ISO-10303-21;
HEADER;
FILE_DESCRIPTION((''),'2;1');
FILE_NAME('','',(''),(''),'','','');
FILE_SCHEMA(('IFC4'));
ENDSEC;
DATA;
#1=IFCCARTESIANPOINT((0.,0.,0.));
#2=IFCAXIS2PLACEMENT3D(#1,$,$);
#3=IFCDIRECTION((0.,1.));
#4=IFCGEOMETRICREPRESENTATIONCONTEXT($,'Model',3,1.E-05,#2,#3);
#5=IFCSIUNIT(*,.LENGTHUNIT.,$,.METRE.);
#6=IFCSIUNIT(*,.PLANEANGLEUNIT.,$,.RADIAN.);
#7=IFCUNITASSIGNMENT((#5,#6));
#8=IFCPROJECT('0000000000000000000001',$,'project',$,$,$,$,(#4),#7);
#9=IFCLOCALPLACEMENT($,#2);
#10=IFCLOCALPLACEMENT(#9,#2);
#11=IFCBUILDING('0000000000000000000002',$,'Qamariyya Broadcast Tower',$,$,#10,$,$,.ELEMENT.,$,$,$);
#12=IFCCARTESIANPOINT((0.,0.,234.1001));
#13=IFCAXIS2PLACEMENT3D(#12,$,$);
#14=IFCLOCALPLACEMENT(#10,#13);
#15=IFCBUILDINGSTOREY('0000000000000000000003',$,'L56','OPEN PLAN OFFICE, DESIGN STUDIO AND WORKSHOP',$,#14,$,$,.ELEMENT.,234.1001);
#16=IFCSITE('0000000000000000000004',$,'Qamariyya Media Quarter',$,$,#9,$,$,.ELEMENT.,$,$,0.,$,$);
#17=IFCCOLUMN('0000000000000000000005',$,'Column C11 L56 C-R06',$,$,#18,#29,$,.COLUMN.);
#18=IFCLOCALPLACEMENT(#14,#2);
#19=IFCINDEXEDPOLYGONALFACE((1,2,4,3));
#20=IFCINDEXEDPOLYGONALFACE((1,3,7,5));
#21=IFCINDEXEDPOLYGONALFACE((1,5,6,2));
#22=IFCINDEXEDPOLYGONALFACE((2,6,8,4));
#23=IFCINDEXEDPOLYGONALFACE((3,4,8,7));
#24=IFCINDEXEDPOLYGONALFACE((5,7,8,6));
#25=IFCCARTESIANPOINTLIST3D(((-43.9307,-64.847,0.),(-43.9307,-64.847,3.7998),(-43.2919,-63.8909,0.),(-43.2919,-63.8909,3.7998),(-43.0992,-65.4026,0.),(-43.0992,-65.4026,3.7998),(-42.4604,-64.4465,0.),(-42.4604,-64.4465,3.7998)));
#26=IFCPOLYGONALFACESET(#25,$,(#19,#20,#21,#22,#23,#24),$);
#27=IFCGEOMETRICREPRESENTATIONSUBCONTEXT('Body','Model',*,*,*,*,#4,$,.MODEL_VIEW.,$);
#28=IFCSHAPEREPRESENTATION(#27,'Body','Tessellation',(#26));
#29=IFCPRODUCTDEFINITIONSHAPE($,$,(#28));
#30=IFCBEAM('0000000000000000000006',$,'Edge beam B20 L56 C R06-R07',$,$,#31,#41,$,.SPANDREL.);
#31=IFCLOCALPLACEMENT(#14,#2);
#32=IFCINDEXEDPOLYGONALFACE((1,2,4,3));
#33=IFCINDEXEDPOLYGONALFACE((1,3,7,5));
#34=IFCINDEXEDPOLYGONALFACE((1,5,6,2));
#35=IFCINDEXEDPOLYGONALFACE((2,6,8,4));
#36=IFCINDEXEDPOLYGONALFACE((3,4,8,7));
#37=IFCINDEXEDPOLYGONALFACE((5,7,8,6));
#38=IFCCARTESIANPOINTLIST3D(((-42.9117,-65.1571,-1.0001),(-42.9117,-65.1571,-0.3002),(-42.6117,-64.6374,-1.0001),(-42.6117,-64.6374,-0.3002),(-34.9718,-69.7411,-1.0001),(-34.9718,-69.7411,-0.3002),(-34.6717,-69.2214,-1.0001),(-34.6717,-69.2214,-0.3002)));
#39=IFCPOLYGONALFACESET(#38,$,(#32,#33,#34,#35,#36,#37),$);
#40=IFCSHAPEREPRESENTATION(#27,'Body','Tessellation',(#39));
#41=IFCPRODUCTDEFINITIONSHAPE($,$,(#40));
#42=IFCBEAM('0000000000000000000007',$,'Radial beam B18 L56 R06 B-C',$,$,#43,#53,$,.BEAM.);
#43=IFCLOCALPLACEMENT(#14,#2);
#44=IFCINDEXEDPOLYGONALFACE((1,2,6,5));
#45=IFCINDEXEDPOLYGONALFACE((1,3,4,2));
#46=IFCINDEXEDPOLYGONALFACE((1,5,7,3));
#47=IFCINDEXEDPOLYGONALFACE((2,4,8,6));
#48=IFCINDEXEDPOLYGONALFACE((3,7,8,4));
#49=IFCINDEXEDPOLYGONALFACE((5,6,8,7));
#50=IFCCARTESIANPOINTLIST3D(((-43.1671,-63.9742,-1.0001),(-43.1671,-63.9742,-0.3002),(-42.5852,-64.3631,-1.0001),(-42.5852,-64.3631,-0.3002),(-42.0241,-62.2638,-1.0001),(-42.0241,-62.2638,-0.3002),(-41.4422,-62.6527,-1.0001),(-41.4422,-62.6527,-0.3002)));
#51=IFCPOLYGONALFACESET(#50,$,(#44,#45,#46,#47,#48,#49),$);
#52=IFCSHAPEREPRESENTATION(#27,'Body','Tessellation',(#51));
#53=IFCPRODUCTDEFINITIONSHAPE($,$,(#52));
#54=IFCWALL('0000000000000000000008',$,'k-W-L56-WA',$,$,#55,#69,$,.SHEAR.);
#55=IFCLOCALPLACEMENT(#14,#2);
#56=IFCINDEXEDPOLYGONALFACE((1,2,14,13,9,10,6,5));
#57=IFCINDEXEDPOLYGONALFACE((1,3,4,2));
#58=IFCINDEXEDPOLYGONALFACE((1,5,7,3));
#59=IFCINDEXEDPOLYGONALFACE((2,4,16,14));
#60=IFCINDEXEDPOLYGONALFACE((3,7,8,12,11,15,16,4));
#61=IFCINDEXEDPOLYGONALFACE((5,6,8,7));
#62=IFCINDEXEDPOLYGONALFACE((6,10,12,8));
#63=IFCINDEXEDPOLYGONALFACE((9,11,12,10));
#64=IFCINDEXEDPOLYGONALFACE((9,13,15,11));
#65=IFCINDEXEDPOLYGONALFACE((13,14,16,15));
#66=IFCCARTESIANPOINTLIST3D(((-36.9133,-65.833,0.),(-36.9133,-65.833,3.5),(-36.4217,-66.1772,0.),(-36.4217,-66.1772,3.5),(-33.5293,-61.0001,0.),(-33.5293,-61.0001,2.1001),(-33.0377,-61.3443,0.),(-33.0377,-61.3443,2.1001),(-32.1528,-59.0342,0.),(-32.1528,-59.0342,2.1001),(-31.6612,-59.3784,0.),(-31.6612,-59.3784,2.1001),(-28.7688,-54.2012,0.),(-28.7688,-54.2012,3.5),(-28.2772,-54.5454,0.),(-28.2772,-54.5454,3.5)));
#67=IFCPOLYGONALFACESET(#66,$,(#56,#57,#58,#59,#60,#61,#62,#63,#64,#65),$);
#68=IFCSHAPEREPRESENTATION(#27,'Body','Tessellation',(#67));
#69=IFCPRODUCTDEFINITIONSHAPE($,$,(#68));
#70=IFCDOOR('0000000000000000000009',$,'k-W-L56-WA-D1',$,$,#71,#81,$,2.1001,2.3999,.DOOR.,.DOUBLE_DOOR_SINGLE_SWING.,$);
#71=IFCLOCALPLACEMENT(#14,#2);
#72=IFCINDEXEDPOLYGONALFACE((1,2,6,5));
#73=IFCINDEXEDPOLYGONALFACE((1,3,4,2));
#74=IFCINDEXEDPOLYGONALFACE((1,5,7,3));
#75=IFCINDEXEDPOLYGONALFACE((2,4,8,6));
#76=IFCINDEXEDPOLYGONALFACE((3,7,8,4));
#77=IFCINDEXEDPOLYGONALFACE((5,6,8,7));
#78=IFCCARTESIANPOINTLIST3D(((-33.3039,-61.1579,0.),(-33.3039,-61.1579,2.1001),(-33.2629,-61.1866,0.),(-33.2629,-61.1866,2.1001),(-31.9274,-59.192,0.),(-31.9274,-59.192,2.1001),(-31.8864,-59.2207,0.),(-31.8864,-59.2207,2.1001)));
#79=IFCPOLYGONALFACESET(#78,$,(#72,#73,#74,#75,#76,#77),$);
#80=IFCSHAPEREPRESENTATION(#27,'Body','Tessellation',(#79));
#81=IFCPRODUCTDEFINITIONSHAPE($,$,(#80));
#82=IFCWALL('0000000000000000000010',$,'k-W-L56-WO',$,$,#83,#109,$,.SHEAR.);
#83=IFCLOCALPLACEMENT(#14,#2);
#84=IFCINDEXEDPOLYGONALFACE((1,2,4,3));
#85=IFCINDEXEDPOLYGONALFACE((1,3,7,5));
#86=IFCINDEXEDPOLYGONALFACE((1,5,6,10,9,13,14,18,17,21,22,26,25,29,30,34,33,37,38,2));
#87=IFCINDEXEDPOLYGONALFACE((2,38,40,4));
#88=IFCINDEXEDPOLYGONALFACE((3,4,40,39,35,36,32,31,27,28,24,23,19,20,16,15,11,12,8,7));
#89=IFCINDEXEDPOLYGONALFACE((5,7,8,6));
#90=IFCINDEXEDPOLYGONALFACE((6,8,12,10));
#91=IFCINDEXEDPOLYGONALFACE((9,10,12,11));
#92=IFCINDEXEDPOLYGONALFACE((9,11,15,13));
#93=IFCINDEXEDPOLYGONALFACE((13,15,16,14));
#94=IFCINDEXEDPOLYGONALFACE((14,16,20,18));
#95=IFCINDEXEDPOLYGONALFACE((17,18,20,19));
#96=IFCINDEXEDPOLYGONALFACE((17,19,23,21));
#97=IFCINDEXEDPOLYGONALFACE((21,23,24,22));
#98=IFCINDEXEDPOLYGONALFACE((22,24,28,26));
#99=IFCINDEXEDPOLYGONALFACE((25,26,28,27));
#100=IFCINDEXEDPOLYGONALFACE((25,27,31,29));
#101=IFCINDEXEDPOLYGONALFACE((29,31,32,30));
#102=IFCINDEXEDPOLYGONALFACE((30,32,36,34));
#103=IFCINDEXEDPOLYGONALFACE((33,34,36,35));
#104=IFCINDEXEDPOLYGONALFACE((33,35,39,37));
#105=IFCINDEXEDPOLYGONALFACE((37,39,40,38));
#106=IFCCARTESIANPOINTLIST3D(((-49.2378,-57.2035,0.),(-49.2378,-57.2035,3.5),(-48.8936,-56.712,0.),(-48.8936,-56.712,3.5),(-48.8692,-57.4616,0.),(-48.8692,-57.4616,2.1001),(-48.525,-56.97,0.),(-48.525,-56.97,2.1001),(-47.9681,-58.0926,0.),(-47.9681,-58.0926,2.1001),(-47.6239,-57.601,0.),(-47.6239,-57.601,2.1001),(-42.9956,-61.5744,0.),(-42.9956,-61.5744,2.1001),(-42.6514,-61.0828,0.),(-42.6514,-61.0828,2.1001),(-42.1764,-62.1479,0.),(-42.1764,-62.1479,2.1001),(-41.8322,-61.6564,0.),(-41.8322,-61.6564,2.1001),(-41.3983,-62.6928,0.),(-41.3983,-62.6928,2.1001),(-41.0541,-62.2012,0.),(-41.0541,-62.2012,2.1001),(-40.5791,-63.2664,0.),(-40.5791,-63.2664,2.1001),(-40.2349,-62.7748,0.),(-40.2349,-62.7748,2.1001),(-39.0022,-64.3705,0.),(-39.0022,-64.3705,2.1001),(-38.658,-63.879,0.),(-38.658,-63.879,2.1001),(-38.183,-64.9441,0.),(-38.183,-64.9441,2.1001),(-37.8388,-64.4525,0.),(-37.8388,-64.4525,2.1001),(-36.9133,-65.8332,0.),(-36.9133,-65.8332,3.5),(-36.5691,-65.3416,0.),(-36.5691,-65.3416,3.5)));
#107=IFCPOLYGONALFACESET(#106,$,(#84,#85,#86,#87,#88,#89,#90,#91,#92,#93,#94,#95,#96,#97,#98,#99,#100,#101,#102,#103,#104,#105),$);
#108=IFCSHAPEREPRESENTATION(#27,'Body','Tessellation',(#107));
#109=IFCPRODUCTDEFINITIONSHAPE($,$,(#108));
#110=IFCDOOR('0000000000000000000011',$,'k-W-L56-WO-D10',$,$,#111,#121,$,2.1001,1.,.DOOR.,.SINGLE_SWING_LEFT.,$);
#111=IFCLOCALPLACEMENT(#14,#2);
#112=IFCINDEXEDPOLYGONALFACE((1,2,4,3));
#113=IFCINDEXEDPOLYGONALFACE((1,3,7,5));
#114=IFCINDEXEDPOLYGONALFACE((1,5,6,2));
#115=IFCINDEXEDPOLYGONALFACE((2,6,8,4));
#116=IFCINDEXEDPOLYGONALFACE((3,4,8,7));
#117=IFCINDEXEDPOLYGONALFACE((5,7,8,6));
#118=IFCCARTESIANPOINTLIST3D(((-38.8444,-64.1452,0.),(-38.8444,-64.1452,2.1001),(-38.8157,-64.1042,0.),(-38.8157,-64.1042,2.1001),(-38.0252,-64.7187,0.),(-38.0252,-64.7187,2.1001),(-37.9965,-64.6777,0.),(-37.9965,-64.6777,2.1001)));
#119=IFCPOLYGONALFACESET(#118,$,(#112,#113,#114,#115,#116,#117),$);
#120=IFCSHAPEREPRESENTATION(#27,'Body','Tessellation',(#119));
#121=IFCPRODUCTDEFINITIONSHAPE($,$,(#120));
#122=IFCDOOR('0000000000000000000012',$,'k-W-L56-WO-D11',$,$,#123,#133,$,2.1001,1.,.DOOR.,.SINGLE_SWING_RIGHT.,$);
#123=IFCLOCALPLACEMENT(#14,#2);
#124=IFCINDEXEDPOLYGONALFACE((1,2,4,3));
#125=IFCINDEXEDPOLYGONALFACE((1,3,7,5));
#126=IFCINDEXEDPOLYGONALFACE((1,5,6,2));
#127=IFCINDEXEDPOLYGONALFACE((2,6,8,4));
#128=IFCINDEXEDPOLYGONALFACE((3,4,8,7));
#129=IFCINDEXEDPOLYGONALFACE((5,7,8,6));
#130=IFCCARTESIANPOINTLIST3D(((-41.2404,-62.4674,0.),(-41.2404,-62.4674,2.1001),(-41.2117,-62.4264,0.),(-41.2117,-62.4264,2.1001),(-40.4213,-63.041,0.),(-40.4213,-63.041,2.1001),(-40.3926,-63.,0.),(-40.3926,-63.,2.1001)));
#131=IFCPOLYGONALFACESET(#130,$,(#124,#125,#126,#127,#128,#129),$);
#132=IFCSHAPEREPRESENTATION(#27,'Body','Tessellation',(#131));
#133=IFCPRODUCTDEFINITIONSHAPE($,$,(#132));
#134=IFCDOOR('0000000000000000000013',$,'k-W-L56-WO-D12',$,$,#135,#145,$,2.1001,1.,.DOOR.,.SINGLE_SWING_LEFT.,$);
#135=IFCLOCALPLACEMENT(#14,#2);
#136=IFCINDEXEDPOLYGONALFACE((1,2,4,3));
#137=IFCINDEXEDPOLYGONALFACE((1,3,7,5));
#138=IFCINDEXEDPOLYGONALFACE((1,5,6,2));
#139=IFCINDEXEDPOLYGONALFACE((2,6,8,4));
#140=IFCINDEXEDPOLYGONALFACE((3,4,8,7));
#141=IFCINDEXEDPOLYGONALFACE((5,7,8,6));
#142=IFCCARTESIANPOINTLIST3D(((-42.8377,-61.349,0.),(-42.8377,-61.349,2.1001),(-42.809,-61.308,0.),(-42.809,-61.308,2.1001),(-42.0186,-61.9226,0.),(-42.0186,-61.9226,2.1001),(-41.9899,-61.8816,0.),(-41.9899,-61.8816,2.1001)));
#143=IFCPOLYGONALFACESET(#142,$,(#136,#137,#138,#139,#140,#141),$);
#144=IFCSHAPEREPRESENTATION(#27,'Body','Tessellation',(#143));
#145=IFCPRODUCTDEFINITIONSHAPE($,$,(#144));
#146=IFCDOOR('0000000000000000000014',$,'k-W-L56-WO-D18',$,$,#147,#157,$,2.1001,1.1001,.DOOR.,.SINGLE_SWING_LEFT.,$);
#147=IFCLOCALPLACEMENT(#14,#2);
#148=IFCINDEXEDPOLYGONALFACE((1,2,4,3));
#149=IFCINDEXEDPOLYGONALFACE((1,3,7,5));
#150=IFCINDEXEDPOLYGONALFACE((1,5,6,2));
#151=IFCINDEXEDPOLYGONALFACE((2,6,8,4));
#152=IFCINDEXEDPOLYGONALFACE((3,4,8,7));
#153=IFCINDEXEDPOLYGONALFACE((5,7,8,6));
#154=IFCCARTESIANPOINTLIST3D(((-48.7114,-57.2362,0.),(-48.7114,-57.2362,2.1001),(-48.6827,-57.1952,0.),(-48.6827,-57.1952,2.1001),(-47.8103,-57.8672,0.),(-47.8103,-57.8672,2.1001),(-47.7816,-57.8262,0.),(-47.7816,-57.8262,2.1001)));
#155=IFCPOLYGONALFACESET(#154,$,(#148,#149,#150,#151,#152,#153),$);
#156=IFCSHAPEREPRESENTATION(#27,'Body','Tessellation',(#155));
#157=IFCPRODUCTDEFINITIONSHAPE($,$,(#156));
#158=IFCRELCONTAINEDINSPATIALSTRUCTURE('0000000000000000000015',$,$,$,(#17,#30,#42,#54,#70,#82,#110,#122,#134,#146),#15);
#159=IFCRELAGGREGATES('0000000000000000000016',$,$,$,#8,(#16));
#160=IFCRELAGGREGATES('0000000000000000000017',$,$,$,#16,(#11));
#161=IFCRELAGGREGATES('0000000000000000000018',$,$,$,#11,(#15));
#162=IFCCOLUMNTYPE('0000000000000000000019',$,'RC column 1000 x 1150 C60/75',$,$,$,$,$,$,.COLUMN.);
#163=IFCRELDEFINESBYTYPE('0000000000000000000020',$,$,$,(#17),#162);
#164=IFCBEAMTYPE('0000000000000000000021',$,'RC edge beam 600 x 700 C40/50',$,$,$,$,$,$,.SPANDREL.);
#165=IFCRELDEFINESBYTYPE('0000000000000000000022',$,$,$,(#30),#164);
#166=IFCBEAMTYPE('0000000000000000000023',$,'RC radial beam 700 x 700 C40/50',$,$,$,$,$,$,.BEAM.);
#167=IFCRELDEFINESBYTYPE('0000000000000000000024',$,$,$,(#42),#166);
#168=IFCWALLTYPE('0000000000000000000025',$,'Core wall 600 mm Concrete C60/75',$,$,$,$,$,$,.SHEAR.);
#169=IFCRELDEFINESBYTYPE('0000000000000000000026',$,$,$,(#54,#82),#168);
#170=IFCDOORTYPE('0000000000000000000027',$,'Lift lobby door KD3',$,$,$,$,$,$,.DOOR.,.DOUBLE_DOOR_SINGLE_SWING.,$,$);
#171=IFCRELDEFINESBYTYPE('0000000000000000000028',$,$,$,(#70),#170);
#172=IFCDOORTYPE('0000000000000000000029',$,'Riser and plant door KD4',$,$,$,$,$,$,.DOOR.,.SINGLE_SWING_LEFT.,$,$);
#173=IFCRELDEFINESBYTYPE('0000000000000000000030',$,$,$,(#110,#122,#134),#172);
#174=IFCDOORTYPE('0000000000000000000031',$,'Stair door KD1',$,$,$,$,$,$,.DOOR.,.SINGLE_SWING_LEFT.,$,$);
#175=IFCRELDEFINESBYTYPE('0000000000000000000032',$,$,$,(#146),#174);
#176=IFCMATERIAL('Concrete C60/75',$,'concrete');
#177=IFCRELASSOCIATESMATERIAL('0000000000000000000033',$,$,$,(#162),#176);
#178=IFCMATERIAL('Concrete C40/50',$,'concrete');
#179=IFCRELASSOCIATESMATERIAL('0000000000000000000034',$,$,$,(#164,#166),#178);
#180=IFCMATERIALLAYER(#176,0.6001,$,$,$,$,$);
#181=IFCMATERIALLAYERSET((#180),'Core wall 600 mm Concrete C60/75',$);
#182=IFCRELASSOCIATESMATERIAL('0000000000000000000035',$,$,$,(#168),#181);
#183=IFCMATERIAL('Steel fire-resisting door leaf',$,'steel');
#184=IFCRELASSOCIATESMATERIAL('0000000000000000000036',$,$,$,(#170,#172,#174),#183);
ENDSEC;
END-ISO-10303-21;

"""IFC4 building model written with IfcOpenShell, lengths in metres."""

from ifc_helpers import new_model, si_unit, direction, frame, frame_2d, origin, origin_2d, place, context, subcontext, project, spatial, rectangle, extrude, material, layer, layer_set, material_profile, profile_set, type_object, element, fill, save


model = new_model("IFC4")

# Units and contexts
model_context = context("Model", 3, precision=1e-05, world=origin(), true_north=direction((0.0, 1.0)))
body_context = subcontext(model_context, "Body", "Model", "MODEL_VIEW")
ifc_project = project(units=[si_unit("LENGTHUNIT", "METRE"), si_unit("PLANEANGLEUNIT", "RADIAN")], contexts=[model_context])

# Site, building, storey
site_placement = place(None, origin())
site = spatial("IfcSite", under=ifc_project, at=site_placement, Name="Qamariyya Media Quarter", CompositionType="ELEMENT", RefElevation=0.0)
building_placement = place(site_placement, origin())
building = spatial("IfcBuilding", under=site, at=building_placement, Name="Qamariyya Broadcast Tower", CompositionType="ELEMENT")
storey_placement = place(building_placement, frame((0.0, 0.0, 234.1001)))
storey = spatial("IfcBuildingStorey", under=building, at=storey_placement, Name="L56", Description="OPEN PLAN OFFICE, DESIGN STUDIO AND WORKSHOP", CompositionType="ELEMENT", Elevation=234.1001)

# Column
ifc_material_1 = material(Name="Concrete C60/75", Category="concrete")
ifc_material_profile_1 = material_profile(ifc_material_1, rectangle(XDim=1.0, YDim=1.1499, at=origin_2d()))
ifc_profile_set_1 = profile_set([ifc_material_profile_1], Name="Concrete C60/75")
column_type = type_object("IfcColumnType", Name="RC column 1000 x 1150 C60/75", PredefinedType="COLUMN", material=ifc_profile_set_1)
column_placement = place(storey_placement, frame((-43.1956, -64.6467, 0.0), z_axis=(0.0, 0.0, 1.0), x_axis=(0.83147, -0.55557, 0.0)))
element("IfcColumn", 1, at=column_placement, inside=storey, type_object=column_type, Name="Column C11 L56 C-R06", PredefinedType="COLUMN", context=body_context, shape_type="SweptSolid", body=[
    extrude(rectangle(XDim=1.0, YDim=1.1499, at=origin_2d()), origin(), (0.0, 0.0, 1.0), 3.7998),
])

# Beams
ifc_material_2 = material(Name="Concrete C40/50", Category="concrete")
ifc_material_profile_2 = material_profile(ifc_material_2, rectangle(XDim=0.6001, YDim=0.7, at=origin_2d()))
ifc_profile_set_2 = profile_set([ifc_material_profile_2], Name="Concrete C40/50")
beam_type_1 = type_object("IfcBeamType", Name="RC edge beam 600 x 700 C40/50", PredefinedType="SPANDREL", material=ifc_profile_set_2)
beam_1_placement = place(storey_placement, frame((-42.7617, -64.8972, -0.6501), z_axis=(0.866032, -0.499988, 0.0), x_axis=(0.499988, 0.866032, 0.0)))
element("IfcBeam", 2, at=beam_1_placement, inside=storey, type_object=beam_type_1, Name="Edge beam B20 L56 C R06-R07", PredefinedType="SPANDREL", context=body_context, shape_type="SweptSolid", body=[
    extrude(rectangle(XDim=0.6001, YDim=0.7, at=origin_2d()), origin(), (0.0, 0.0, 1.0), 9.1682),
])
ifc_material_profile_3 = material_profile(ifc_material_2, rectangle(XDim=0.7, YDim=0.7, at=origin_2d()))
ifc_profile_set_3 = profile_set([ifc_material_profile_3], Name="Concrete C40/50")
beam_type_2 = type_object("IfcBeamType", Name="RC radial beam 700 x 700 C40/50", PredefinedType="BEAM", material=ifc_profile_set_3)
beam_2_placement = place(storey_placement, frame((-41.7332, -62.4583, -0.6501), z_axis=(-0.555631, -0.831429, 0.0), x_axis=(0.831429, -0.555631, 0.0)))
element("IfcBeam", 3, at=beam_2_placement, inside=storey, type_object=beam_type_2, Name="Radial beam B18 L56 R06 B-C", PredefinedType="BEAM", context=body_context, shape_type="SweptSolid", body=[
    extrude(rectangle(XDim=0.7, YDim=0.7, at=origin_2d()), origin(), (0.0, 0.0, 1.0), 2.0571),
])

# Wall, opening, door
ifc_layer_1 = layer(ifc_material_1, 0.6001)
ifc_layer_set_1 = layer_set([ifc_layer_1], Name="Core wall 600 mm Concrete C60/75")
wall_type_1 = type_object("IfcWallType", Name="Core wall 600 mm Concrete C60/75", PredefinedType="SHEAR", material=ifc_layer_set_1)
wall_1_placement = place(storey_placement, frame((-36.6675, -66.0051, 0.0), z_axis=(0.0, 0.0, 1.0), x_axis=(0.573568, 0.819158, 0.0)))
wall_1 = element("IfcWall", 4, at=wall_1_placement, inside=storey, type_object=wall_type_1, Name="k-W-L56-WA", PredefinedType="SHEAR", context=body_context, shape_type="SweptSolid", body=[
    extrude(rectangle(XDim=14.1997, YDim=0.6001, at=frame_2d((7.0999, 0.0))), origin(), (0.0, 0.0, 1.0), 3.5),
])
opening_1_placement = place(wall_1_placement, frame((5.8999, 0.0, 0.0)))
opening_1 = element("IfcOpeningElement", 5, at=opening_1_placement, cuts=wall_1, PredefinedType="OPENING", context=body_context, shape_type="SweptSolid", body=[
    extrude(rectangle(XDim=2.3999, YDim=2.1001, at=frame_2d((1.2, 1.05))), frame((0.0, 0.3101, 0.0), z_axis=(0.0, -1.0, 0.0), x_axis=(1.0, 0.0, 0.0)), (0.0, 0.0, 1.0), 0.6201),
])
ifc_material_3 = material(Name="Steel fire-resisting door leaf", Category="steel")
door_type_1 = type_object("IfcDoorType", Name="Lift lobby door KD3", OperationType="DOUBLE_DOOR_SINGLE_SWING", PredefinedType="DOOR", material=ifc_material_3)
door_1_placement = place(opening_1_placement, origin())
door_1 = element("IfcDoor", 6, at=door_1_placement, inside=storey, type_object=door_type_1, Name="k-W-L56-WA-D1", OperationType="DOUBLE_DOOR_SINGLE_SWING", OverallHeight=2.1001, OverallWidth=2.3999, PredefinedType="DOOR", context=body_context, shape_type="SweptSolid", body=[
    extrude(rectangle(XDim=2.3999, YDim=2.1001, at=frame_2d((1.2, 1.05))), frame((0.0, 0.0249, 0.0), z_axis=(0.0, -1.0, 0.0), x_axis=(1.0, 0.0, 0.0)), (0.0, 0.0, 1.0), 0.05),
])
fill(opening_1, door_1)

# Wall, openings, doors
wall_2_placement = place(storey_placement, frame((-36.7412, -65.5874, 0.0), z_axis=(0.0, 0.0, 1.0), x_axis=(-0.819153, 0.573575, 0.0)))
wall_2 = element("IfcWall", 7, at=wall_2_placement, inside=storey, type_object=wall_type_1, Name="k-W-L56-WO", PredefinedType="SHEAR", context=body_context, shape_type="SweptSolid", body=[
    extrude(rectangle(XDim=15.0454, YDim=0.6001, at=frame_2d((7.5227, 0.0))), origin(), (0.0, 0.0, 1.0), 3.5),
])
opening_2_placement = place(wall_2_placement, frame((1.55, 0.0, 0.0)))
opening_2 = element("IfcOpeningElement", 8, at=opening_2_placement, cuts=wall_2, PredefinedType="OPENING", context=body_context, shape_type="SweptSolid", body=[
    extrude(rectangle(XDim=1.0, YDim=2.1001, at=frame_2d((0.5, 1.05))), frame((0.0, 0.3101, 0.0), z_axis=(0.0, -1.0, 0.0), x_axis=(1.0, 0.0, 0.0)), (0.0, 0.0, 1.0), 0.6201),
])
opening_3_placement = place(wall_2_placement, frame((4.4751, 0.0, 0.0)))
opening_3 = element("IfcOpeningElement", 9, at=opening_3_placement, cuts=wall_2, PredefinedType="OPENING", context=body_context, shape_type="SweptSolid", body=[
    extrude(rectangle(XDim=1.0, YDim=2.1001, at=frame_2d((0.5, 1.05))), frame((0.0, 0.3101, 0.0), z_axis=(0.0, -1.0, 0.0), x_axis=(1.0, 0.0, 0.0)), (0.0, 0.0, 1.0), 0.6201),
])
opening_4_placement = place(wall_2_placement, frame((6.425, 0.0, 0.0)))
opening_4 = element("IfcOpeningElement", 10, at=opening_4_placement, cuts=wall_2, PredefinedType="OPENING", context=body_context, shape_type="SweptSolid", body=[
    extrude(rectangle(XDim=1.0, YDim=2.1001, at=frame_2d((0.5, 1.05))), frame((0.0, 0.3101, 0.0), z_axis=(0.0, -1.0, 0.0), x_axis=(1.0, 0.0, 0.0)), (0.0, 0.0, 1.0), 0.6201),
])
opening_5_placement = place(wall_2_placement, frame((13.4954, 0.0, 0.0)))
opening_5 = element("IfcOpeningElement", 11, at=opening_5_placement, cuts=wall_2, PredefinedType="OPENING", context=body_context, shape_type="SweptSolid", body=[
    extrude(rectangle(XDim=1.1001, YDim=2.1001, at=frame_2d((0.55, 1.05))), frame((0.0, 0.3101, 0.0), z_axis=(0.0, -1.0, 0.0), x_axis=(1.0, 0.0, 0.0)), (0.0, 0.0, 1.0), 0.6201),
])
door_type_2 = type_object("IfcDoorType", Name="Riser and plant door KD4", OperationType="SINGLE_SWING_LEFT", PredefinedType="DOOR", material=ifc_material_3)
door_2_placement = place(opening_2_placement, origin())
door_2 = element("IfcDoor", 12, at=door_2_placement, inside=storey, type_object=door_type_2, Name="k-W-L56-WO-D10", OperationType="SINGLE_SWING_LEFT", OverallHeight=2.1001, OverallWidth=1.0, PredefinedType="DOOR", context=body_context, shape_type="SweptSolid", body=[
    extrude(rectangle(XDim=1.0, YDim=2.1001, at=frame_2d((0.5, 1.05))), frame((0.0, 0.0249, 0.0), z_axis=(0.0, -1.0, 0.0), x_axis=(1.0, 0.0, 0.0)), (0.0, 0.0, 1.0), 0.05),
])
fill(opening_2, door_2)
door_3_placement = place(opening_3_placement, origin())
door_3 = element("IfcDoor", 13, at=door_3_placement, inside=storey, type_object=door_type_2, Name="k-W-L56-WO-D11", OperationType="SINGLE_SWING_RIGHT", OverallHeight=2.1001, OverallWidth=1.0, PredefinedType="DOOR", context=body_context, shape_type="SweptSolid", body=[
    extrude(rectangle(XDim=1.0, YDim=2.1001, at=frame_2d((0.5, 1.05))), frame((0.0, 0.0249, 0.0), z_axis=(0.0, -1.0, 0.0), x_axis=(1.0, 0.0, 0.0)), (0.0, 0.0, 1.0), 0.05),
])
fill(opening_3, door_3)
door_4_placement = place(opening_4_placement, origin())
door_4 = element("IfcDoor", 14, at=door_4_placement, inside=storey, type_object=door_type_2, Name="k-W-L56-WO-D12", OperationType="SINGLE_SWING_LEFT", OverallHeight=2.1001, OverallWidth=1.0, PredefinedType="DOOR", context=body_context, shape_type="SweptSolid", body=[
    extrude(rectangle(XDim=1.0, YDim=2.1001, at=frame_2d((0.5, 1.05))), frame((0.0, 0.0249, 0.0), z_axis=(0.0, -1.0, 0.0), x_axis=(1.0, 0.0, 0.0)), (0.0, 0.0, 1.0), 0.05),
])
fill(opening_4, door_4)
door_type_3 = type_object("IfcDoorType", Name="Stair door KD1", OperationType="SINGLE_SWING_LEFT", PredefinedType="DOOR", material=ifc_material_3)
door_5_placement = place(opening_5_placement, origin())
door_5 = element("IfcDoor", 15, at=door_5_placement, inside=storey, type_object=door_type_3, Name="k-W-L56-WO-D18", OperationType="SINGLE_SWING_LEFT", OverallHeight=2.1001, OverallWidth=1.1001, PredefinedType="DOOR", context=body_context, shape_type="SweptSolid", body=[
    extrude(rectangle(XDim=1.1001, YDim=2.1001, at=frame_2d((0.55, 1.05))), frame((0.0, 0.0249, 0.0), z_axis=(0.0, -1.0, 0.0), x_axis=(1.0, 0.0, 0.0)), (0.0, 0.0, 1.0), 0.05),
])
fill(opening_5, door_5)

save(model, "model.ifc")
